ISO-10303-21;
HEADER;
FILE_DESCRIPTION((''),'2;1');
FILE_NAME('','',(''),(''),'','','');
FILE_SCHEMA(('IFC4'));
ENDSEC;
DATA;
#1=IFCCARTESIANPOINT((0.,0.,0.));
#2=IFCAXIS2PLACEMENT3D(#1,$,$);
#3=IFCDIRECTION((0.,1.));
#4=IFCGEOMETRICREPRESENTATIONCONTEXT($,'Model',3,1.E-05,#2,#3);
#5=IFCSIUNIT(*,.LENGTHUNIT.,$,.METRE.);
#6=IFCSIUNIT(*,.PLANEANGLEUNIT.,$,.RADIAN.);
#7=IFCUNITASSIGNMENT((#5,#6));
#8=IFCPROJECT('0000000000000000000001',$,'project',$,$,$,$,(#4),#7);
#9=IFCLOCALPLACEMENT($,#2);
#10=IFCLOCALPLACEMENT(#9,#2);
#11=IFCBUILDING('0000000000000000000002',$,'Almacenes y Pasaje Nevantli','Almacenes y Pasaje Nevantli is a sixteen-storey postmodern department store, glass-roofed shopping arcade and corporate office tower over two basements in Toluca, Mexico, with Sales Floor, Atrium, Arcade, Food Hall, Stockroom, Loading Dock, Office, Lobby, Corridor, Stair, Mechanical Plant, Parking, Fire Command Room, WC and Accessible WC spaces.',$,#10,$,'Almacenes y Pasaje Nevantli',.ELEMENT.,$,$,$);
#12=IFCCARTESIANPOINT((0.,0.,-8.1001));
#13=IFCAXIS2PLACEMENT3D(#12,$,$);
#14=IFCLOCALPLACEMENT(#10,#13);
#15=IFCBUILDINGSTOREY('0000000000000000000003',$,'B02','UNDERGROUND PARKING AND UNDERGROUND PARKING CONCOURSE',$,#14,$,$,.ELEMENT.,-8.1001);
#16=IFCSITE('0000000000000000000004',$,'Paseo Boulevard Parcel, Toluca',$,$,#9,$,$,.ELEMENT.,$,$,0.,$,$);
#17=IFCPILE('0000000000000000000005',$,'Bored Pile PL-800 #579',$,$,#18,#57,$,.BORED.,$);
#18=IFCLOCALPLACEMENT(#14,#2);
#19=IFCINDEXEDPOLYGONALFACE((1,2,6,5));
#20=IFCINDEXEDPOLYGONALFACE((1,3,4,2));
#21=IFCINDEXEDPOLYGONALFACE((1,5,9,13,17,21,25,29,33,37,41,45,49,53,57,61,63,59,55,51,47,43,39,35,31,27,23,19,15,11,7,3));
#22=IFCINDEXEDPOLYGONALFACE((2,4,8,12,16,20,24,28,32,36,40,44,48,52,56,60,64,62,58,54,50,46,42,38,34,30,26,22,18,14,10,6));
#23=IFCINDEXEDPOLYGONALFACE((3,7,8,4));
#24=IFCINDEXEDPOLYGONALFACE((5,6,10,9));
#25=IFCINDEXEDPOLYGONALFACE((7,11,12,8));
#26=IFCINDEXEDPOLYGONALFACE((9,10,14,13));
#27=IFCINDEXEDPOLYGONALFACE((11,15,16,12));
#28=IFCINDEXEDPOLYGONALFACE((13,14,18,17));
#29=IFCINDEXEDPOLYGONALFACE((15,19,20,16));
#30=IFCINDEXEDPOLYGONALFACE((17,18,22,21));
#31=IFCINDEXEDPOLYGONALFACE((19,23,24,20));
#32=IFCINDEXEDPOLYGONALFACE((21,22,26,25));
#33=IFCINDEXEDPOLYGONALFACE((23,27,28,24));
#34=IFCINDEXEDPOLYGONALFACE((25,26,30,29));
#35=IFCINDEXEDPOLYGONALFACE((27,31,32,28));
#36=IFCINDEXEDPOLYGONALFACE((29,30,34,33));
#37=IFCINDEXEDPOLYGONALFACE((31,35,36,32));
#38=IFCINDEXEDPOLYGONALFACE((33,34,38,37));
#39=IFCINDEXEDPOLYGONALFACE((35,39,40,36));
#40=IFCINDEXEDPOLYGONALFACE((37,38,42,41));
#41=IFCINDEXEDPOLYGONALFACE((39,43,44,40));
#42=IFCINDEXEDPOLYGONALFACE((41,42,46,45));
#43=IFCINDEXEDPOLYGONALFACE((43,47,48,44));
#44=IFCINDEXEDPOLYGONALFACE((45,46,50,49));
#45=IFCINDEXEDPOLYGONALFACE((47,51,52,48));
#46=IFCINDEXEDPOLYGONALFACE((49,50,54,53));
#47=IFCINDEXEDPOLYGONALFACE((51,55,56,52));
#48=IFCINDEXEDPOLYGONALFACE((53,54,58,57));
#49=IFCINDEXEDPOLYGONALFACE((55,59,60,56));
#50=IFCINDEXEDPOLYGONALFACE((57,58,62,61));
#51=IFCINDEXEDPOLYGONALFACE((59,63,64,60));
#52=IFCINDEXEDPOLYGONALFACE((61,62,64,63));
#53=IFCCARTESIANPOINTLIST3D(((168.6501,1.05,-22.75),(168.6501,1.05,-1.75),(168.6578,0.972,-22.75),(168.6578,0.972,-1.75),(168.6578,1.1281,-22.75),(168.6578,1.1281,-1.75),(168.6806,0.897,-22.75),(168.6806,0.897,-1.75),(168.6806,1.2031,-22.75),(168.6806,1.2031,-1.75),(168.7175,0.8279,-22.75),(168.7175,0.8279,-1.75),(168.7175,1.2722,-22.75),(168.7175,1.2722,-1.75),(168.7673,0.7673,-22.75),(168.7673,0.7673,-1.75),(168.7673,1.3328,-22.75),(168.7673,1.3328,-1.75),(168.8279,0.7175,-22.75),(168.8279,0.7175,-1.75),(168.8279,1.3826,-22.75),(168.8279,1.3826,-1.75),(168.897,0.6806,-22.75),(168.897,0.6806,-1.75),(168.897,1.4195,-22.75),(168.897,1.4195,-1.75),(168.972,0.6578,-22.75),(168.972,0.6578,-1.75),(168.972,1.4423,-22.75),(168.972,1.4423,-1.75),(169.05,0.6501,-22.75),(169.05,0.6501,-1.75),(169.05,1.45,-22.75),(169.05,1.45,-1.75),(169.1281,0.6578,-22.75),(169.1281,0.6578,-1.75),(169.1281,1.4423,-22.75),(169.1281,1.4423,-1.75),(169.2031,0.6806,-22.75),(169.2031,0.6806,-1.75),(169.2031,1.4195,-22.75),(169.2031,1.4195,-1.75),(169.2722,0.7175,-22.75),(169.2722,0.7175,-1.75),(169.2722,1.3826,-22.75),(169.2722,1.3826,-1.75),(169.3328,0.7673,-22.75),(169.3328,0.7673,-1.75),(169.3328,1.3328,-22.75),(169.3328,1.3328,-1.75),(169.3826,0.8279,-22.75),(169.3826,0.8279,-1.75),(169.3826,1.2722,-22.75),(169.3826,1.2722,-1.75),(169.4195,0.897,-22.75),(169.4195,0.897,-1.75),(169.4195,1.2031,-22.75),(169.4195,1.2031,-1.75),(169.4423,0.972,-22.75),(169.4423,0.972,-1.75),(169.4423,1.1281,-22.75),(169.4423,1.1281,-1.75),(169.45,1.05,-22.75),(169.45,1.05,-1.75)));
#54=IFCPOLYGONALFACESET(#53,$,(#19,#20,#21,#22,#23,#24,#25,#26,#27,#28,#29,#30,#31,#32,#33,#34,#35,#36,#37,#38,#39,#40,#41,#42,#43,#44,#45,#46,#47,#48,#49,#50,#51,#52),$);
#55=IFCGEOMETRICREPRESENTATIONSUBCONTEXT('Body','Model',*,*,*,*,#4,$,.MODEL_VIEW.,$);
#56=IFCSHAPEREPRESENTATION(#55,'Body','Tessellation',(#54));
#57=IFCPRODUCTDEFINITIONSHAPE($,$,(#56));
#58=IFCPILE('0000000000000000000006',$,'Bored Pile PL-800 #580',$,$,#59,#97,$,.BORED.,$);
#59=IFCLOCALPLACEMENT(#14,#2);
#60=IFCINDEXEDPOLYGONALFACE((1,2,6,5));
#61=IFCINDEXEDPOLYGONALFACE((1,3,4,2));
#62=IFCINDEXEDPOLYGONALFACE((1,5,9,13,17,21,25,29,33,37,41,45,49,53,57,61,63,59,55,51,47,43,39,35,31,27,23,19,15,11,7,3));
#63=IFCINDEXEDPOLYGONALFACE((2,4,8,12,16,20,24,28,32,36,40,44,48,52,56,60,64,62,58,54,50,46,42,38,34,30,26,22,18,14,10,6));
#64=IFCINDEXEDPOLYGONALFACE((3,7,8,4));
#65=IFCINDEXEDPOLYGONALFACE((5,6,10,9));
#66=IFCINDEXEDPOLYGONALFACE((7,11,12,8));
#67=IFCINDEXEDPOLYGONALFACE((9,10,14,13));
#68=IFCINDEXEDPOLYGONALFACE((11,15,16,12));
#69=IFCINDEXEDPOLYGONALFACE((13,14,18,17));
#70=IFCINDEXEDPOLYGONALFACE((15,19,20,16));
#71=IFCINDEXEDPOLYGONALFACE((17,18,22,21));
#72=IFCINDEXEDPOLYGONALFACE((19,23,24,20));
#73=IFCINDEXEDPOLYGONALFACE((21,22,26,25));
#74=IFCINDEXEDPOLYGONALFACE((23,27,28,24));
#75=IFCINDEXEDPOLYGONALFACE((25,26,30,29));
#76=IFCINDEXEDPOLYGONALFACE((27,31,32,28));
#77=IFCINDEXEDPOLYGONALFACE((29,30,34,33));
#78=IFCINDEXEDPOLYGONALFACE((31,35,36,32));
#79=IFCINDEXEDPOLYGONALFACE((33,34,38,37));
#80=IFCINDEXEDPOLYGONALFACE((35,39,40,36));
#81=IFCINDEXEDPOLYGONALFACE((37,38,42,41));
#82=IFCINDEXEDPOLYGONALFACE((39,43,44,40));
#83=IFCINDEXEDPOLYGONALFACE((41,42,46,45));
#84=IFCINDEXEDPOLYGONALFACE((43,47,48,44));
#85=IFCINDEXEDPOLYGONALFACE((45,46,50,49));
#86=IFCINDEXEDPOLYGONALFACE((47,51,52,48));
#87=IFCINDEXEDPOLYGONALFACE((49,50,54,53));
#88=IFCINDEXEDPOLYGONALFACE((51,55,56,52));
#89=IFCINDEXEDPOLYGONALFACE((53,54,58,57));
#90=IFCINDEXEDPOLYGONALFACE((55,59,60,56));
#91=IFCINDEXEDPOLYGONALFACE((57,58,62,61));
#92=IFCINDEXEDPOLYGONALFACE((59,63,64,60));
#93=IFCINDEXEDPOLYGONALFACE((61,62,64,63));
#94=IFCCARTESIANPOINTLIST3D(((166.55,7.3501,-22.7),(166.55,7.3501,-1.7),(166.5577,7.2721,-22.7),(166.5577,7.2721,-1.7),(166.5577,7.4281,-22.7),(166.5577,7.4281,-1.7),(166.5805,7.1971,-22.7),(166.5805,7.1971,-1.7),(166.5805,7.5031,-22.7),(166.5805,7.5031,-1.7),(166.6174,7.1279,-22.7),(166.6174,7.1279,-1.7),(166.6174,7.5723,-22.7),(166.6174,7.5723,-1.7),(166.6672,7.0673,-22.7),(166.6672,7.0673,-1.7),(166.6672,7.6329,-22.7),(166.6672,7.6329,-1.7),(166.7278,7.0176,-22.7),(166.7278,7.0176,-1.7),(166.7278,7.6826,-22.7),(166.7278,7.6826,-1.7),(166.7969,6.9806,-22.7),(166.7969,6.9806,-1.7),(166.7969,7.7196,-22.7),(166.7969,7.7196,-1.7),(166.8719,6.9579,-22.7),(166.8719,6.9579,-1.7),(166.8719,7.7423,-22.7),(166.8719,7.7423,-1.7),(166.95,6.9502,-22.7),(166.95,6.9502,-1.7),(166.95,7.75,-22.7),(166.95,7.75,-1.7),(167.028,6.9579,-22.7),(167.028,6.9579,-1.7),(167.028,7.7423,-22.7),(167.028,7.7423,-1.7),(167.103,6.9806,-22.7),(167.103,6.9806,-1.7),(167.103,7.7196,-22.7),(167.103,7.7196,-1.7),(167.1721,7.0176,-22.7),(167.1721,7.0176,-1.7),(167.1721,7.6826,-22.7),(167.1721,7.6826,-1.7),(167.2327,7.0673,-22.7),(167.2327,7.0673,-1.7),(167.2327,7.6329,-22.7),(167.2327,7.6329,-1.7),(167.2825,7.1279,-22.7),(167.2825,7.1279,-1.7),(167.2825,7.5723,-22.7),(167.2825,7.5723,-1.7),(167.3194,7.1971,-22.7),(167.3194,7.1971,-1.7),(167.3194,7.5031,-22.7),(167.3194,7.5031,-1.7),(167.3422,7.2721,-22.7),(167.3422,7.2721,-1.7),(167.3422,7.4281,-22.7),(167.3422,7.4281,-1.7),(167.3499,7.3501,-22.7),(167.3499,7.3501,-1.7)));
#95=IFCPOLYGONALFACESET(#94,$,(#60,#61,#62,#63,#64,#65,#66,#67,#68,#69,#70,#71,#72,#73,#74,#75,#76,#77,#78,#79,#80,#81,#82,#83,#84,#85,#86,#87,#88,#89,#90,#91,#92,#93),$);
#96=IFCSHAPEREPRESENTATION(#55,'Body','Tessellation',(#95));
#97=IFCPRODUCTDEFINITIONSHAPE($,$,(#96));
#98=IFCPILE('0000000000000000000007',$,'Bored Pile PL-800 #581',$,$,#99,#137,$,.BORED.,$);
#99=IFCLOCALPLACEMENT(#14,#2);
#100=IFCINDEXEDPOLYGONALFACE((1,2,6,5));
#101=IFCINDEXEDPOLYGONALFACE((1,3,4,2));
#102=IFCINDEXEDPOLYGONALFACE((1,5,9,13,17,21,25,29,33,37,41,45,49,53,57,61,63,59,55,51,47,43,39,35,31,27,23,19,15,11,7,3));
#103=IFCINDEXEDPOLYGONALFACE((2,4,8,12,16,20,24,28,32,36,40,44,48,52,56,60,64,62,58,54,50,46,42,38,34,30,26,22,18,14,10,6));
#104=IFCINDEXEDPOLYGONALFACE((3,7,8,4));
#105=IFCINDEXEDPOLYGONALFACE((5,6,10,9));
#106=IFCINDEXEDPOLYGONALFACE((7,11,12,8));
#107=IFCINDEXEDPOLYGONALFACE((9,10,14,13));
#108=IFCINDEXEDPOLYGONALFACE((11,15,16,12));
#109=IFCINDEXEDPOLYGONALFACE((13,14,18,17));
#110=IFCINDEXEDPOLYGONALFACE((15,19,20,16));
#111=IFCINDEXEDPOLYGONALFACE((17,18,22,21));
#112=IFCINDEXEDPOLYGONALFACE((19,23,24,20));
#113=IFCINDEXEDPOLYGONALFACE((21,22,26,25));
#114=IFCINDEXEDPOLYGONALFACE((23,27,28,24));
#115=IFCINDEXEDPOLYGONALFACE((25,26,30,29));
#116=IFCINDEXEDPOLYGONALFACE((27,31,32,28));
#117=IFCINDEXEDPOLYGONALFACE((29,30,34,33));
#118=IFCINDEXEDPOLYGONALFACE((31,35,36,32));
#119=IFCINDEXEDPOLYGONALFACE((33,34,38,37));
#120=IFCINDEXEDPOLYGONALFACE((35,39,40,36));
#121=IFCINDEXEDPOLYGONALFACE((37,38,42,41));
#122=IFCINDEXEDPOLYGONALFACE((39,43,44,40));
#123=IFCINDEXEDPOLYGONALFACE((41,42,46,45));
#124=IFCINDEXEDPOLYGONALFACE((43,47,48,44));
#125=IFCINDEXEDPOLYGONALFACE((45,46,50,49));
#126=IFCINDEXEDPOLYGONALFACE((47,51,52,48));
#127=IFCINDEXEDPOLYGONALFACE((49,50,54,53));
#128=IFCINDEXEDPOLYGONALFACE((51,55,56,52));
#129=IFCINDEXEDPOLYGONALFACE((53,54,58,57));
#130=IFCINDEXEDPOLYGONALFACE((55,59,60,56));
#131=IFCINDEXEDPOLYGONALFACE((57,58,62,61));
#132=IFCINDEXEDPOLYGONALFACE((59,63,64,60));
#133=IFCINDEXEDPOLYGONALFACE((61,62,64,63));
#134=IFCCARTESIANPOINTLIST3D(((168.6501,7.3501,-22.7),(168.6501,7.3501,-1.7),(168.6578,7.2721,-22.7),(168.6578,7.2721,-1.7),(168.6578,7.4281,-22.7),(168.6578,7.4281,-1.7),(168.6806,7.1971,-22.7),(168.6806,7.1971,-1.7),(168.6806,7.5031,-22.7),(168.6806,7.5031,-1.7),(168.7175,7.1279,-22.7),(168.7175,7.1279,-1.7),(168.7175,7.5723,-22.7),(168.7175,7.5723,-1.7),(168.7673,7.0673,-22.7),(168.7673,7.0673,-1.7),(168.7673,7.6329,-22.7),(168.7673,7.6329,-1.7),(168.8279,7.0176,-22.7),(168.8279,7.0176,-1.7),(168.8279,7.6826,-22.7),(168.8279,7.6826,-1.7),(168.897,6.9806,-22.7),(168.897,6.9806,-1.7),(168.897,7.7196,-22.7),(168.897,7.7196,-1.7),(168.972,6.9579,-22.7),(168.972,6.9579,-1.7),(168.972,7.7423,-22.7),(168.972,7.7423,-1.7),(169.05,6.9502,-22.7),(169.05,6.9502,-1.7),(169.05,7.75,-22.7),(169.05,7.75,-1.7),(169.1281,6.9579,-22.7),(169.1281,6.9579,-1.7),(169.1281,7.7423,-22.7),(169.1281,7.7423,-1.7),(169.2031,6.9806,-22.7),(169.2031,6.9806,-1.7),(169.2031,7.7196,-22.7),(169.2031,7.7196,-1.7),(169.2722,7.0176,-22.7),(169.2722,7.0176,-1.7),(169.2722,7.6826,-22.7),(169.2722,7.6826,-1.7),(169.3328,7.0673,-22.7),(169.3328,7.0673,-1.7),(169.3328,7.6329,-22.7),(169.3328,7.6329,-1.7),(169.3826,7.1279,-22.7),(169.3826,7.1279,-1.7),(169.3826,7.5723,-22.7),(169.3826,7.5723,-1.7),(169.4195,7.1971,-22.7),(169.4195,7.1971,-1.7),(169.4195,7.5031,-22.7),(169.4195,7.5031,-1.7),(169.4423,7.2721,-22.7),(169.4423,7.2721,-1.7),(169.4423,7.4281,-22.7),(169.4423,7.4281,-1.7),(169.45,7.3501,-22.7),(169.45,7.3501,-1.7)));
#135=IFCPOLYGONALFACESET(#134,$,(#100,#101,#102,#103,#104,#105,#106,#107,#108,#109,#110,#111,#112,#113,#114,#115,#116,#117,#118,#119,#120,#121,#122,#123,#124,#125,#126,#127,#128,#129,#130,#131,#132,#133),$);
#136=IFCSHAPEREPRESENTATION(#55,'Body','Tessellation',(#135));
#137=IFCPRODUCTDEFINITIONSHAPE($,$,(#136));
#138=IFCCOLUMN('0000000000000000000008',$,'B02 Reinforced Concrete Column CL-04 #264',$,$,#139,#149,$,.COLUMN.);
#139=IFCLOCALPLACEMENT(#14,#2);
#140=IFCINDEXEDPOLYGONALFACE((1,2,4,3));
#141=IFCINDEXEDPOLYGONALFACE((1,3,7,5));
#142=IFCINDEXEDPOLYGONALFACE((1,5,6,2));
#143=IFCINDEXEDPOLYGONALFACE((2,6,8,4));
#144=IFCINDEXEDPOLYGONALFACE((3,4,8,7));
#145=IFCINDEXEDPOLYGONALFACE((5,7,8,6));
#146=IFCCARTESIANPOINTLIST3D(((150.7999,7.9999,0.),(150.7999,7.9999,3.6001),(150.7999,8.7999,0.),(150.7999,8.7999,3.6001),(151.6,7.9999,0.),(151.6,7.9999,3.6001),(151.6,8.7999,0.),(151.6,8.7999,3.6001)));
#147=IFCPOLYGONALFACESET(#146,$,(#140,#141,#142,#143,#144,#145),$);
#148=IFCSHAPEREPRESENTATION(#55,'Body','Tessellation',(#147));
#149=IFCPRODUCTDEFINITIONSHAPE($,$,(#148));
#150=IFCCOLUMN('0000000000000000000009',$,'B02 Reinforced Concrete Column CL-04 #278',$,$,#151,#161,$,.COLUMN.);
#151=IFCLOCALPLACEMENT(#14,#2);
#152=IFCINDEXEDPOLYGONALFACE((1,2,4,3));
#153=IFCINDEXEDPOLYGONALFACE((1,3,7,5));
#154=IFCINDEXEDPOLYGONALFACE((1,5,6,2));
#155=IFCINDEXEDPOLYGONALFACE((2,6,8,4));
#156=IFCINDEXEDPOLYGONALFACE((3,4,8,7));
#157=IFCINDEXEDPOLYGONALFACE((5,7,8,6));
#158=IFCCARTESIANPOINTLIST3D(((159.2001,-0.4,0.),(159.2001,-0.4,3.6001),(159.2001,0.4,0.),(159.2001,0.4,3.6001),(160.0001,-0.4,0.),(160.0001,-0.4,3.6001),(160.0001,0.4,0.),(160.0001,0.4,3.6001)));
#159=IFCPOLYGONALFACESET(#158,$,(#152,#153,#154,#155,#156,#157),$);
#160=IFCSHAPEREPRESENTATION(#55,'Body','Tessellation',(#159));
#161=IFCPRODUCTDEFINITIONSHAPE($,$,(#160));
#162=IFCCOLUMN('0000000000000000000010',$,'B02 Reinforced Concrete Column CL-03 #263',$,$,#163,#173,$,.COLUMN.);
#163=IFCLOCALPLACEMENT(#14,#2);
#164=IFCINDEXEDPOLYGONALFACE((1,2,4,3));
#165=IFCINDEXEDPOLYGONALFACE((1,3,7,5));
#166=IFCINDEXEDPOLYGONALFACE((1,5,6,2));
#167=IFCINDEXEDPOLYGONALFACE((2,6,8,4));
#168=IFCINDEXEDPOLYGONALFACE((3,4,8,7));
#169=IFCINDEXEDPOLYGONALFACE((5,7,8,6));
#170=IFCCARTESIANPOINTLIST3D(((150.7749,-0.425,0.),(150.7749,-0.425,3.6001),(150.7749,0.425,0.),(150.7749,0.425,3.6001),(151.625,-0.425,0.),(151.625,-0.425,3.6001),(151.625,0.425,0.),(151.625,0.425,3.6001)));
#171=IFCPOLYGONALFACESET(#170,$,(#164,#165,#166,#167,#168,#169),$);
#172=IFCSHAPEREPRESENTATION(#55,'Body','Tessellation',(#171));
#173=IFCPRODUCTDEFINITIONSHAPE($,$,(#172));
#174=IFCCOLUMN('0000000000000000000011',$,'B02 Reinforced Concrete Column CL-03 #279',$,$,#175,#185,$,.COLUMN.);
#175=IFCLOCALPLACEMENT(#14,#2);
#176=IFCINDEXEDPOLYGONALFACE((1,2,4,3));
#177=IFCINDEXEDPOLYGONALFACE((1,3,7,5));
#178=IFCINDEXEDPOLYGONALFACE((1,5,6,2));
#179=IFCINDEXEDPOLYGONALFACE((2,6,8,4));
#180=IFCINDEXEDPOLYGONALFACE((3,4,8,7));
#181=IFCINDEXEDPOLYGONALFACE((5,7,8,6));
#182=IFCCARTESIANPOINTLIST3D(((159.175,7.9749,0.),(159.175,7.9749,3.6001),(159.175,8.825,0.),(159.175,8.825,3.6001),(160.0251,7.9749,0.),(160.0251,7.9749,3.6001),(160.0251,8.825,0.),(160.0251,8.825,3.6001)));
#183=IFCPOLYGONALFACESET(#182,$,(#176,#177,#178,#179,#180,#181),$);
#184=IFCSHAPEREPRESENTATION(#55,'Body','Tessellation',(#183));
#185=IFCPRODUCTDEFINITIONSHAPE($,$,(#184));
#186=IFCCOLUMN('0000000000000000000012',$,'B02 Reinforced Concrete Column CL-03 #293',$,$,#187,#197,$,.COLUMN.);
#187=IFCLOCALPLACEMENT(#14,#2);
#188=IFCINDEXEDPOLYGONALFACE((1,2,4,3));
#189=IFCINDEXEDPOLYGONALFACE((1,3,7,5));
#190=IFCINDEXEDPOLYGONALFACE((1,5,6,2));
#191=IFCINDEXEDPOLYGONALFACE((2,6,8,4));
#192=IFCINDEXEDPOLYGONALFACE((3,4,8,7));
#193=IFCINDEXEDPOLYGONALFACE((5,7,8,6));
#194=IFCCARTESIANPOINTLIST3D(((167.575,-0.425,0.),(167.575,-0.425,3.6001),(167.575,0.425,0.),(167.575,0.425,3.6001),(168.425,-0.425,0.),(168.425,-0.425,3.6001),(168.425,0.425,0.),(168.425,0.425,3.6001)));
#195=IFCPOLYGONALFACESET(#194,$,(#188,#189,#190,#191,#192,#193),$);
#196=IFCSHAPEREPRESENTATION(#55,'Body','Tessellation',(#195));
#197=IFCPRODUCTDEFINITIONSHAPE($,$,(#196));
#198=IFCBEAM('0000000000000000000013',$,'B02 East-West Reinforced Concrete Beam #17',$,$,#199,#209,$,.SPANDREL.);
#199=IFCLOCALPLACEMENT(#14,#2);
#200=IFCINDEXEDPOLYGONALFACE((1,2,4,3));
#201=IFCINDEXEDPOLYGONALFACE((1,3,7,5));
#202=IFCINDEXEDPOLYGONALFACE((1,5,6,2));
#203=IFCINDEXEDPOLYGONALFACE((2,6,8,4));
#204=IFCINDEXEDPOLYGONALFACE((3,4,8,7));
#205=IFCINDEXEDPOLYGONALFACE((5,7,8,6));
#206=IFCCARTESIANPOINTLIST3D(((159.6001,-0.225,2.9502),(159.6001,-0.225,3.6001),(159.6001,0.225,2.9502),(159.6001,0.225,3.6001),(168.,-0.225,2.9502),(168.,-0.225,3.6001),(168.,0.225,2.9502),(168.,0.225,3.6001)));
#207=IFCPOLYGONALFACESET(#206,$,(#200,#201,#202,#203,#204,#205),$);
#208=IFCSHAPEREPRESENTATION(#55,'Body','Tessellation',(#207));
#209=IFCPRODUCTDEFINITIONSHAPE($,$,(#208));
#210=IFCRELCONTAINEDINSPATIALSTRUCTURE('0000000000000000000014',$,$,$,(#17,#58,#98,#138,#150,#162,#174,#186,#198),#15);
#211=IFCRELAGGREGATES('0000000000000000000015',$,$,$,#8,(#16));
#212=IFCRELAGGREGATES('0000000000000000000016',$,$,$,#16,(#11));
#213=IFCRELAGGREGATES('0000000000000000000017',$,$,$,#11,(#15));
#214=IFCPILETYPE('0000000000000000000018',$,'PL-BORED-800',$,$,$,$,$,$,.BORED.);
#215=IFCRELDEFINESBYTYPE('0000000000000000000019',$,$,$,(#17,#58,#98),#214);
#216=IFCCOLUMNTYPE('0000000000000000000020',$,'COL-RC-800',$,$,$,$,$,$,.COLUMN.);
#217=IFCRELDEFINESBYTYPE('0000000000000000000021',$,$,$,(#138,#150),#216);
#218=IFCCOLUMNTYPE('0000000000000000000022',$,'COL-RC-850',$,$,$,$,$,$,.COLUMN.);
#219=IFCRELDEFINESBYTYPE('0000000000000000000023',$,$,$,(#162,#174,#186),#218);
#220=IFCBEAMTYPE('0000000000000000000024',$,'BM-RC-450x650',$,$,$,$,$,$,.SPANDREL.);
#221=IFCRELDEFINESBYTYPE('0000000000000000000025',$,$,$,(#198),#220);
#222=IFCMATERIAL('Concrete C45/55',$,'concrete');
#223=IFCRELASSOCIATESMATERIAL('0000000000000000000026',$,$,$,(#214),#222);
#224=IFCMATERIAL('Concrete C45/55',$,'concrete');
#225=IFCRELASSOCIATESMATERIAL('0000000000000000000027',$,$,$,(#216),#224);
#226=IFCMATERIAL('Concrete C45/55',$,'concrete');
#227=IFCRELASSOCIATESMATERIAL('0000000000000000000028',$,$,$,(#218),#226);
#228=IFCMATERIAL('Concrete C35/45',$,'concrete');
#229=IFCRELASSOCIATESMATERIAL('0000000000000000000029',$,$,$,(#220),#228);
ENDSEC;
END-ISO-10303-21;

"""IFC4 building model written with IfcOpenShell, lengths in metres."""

from ifc_helpers import new_model, si_unit, direction, frame, origin, origin_2d, place, context, subcontext, project, spatial, rectangle, circle, extrude, material, material_profile, profile_set, type_object, element, save


model = new_model("IFC4")

# Units and contexts
model_context = context("Model", 3, precision=1e-05, world=origin(), true_north=direction((0.0, 1.0)))
body_context = subcontext(model_context, "Body", "Model", "MODEL_VIEW")
ifc_project = project(units=[si_unit("LENGTHUNIT", "METRE"), si_unit("PLANEANGLEUNIT", "RADIAN")], contexts=[model_context])

# Site, building, storey
site_placement = place(None, origin())
site = spatial("IfcSite", under=ifc_project, at=site_placement, Name="Paseo Boulevard Parcel, Toluca", CompositionType="ELEMENT", RefElevation=0.0)
building_placement = place(site_placement, origin())
building = spatial("IfcBuilding", under=site, at=building_placement, Name="Almacenes y Pasaje Nevantli", Description="Almacenes y Pasaje Nevantli is a sixteen-storey postmodern department store, glass-roofed shopping arcade and corporate office tower over two basements in Toluca, Mexico, with Sales Floor, Atrium, Arcade, Food Hall, Stockroom, Loading Dock, Office, Lobby, Corridor, Stair, Mechanical Plant, Parking, Fire Command Room, WC and Accessible WC spaces.", LongName="Almacenes y Pasaje Nevantli", CompositionType="ELEMENT")
storey_placement = place(building_placement, frame((0.0, 0.0, -8.1001)))
storey = spatial("IfcBuildingStorey", under=building, at=storey_placement, Name="B02", Description="UNDERGROUND PARKING AND UNDERGROUND PARKING CONCOURSE", CompositionType="ELEMENT", Elevation=-8.1001)

# Piles
ifc_material_1 = material(Name="Concrete C45/55", Category="concrete")
ifc_material_profile_1 = material_profile(ifc_material_1, circle(Radius=0.3999, at=origin_2d()), Name="RC-PILE-D800")
ifc_profile_set_1 = profile_set([ifc_material_profile_1], Name="Concrete C45/55")
pile_type_1 = type_object("IfcPileType", Name="PL-BORED-800", PredefinedType="BORED", material=ifc_profile_set_1)
for number, where, z_axis, x_axis, name in (
    (1, (169.05, 1.05, -1.75), (0.0, 0.0, -1.0), (1.0, 0.0, 0.0), "Bored Pile PL-800 #579"),
    (2, (166.95, 7.3501, -1.7), (0.0, 0.0, -1.0), (1.0, 0.0, 0.0), "Bored Pile PL-800 #580"),
    (3, (169.05, 7.3501, -1.7), (0.0, 0.0, -1.0), (1.0, 0.0, 0.0), "Bored Pile PL-800 #581"),
):
    element("IfcPile", number, at=place(storey_placement, frame(where, z_axis=z_axis, x_axis=x_axis)), inside=storey, type_object=pile_type_1, Name=name, PredefinedType="BORED", context=body_context, shape_type="SweptSolid", body=[
        extrude(circle(Radius=0.3999, at=origin_2d()), origin(), (0.0, 0.0, 1.0), 21.0),
    ])

# Columns
ifc_material_2 = material(Name="Concrete C45/55", Category="concrete")
ifc_material_profile_2 = material_profile(ifc_material_2, rectangle(XDim=0.8, YDim=0.8, at=origin_2d()), Name="RC-COL-800x800")
ifc_profile_set_2 = profile_set([ifc_material_profile_2], Name="Concrete C45/55")
column_type_1 = type_object("IfcColumnType", Name="COL-RC-800", PredefinedType="COLUMN", material=ifc_profile_set_2)
for number, where, z_axis, x_axis, name in (
    (4, (151.2, 8.3999, 0.0), (0.0, 0.0, 1.0), (1.0, 0.0, 0.0), "B02 Reinforced Concrete Column CL-04 #264"),
    (5, (159.6001, 0.0, 0.0), (0.0, 0.0, 1.0), (1.0, 0.0, 0.0), "B02 Reinforced Concrete Column CL-04 #278"),
):
    element("IfcColumn", number, at=place(storey_placement, frame(where, z_axis=z_axis, x_axis=x_axis)), inside=storey, type_object=column_type_1, Name=name, PredefinedType="COLUMN", context=body_context, shape_type="SweptSolid", body=[
        extrude(rectangle(XDim=0.8, YDim=0.8, at=origin_2d()), origin(), (0.0, 0.0, 1.0), 3.6001),
    ])
ifc_material_3 = material(Name="Concrete C45/55", Category="concrete")
ifc_material_profile_3 = material_profile(ifc_material_3, rectangle(XDim=0.8501, YDim=0.8501, at=origin_2d()), Name="RC-COL-850x850")
ifc_profile_set_3 = profile_set([ifc_material_profile_3], Name="Concrete C45/55")
column_type_2 = type_object("IfcColumnType", Name="COL-RC-850", PredefinedType="COLUMN", material=ifc_profile_set_3)
for number, where, z_axis, x_axis, name in (
    (6, (151.2, 0.0, 0.0), (0.0, 0.0, 1.0), (1.0, 0.0, 0.0), "B02 Reinforced Concrete Column CL-03 #263"),
    (7, (159.6001, 8.3999, 0.0), (0.0, 0.0, 1.0), (1.0, 0.0, 0.0), "B02 Reinforced Concrete Column CL-03 #279"),
    (8, (168.0, 0.0, 0.0), (0.0, 0.0, 1.0), (1.0, 0.0, 0.0), "B02 Reinforced Concrete Column CL-03 #293"),
):
    element("IfcColumn", number, at=place(storey_placement, frame(where, z_axis=z_axis, x_axis=x_axis)), inside=storey, type_object=column_type_2, Name=name, PredefinedType="COLUMN", context=body_context, shape_type="SweptSolid", body=[
        extrude(rectangle(XDim=0.8501, YDim=0.8501, at=origin_2d()), origin(), (0.0, 0.0, 1.0), 3.6001),
    ])

# Beam
ifc_material_4 = material(Name="Concrete C35/45", Category="concrete")
ifc_material_profile_4 = material_profile(ifc_material_4, rectangle(XDim=0.45, YDim=0.6499, at=origin_2d()), Name="RC-BM-450x650")
ifc_profile_set_4 = profile_set([ifc_material_profile_4], Name="Concrete C35/45")
beam_type_1 = type_object("IfcBeamType", Name="BM-RC-450x650", PredefinedType="SPANDREL", material=ifc_profile_set_4)
beam_1_placement = place(storey_placement, frame((159.6001, 0.0, 3.2751), z_axis=(1.0, 0.0, 0.0), x_axis=(0.0, 1.0, 0.0)))
element("IfcBeam", 9, at=beam_1_placement, inside=storey, type_object=beam_type_1, Name="B02 East-West Reinforced Concrete Beam #17", PredefinedType="SPANDREL", context=body_context, shape_type="SweptSolid", body=[
    extrude(rectangle(XDim=0.45, YDim=0.6499, at=origin_2d()), origin(), (0.0, 0.0, 1.0), 8.3999),
])

save(model, "model.ifc")
